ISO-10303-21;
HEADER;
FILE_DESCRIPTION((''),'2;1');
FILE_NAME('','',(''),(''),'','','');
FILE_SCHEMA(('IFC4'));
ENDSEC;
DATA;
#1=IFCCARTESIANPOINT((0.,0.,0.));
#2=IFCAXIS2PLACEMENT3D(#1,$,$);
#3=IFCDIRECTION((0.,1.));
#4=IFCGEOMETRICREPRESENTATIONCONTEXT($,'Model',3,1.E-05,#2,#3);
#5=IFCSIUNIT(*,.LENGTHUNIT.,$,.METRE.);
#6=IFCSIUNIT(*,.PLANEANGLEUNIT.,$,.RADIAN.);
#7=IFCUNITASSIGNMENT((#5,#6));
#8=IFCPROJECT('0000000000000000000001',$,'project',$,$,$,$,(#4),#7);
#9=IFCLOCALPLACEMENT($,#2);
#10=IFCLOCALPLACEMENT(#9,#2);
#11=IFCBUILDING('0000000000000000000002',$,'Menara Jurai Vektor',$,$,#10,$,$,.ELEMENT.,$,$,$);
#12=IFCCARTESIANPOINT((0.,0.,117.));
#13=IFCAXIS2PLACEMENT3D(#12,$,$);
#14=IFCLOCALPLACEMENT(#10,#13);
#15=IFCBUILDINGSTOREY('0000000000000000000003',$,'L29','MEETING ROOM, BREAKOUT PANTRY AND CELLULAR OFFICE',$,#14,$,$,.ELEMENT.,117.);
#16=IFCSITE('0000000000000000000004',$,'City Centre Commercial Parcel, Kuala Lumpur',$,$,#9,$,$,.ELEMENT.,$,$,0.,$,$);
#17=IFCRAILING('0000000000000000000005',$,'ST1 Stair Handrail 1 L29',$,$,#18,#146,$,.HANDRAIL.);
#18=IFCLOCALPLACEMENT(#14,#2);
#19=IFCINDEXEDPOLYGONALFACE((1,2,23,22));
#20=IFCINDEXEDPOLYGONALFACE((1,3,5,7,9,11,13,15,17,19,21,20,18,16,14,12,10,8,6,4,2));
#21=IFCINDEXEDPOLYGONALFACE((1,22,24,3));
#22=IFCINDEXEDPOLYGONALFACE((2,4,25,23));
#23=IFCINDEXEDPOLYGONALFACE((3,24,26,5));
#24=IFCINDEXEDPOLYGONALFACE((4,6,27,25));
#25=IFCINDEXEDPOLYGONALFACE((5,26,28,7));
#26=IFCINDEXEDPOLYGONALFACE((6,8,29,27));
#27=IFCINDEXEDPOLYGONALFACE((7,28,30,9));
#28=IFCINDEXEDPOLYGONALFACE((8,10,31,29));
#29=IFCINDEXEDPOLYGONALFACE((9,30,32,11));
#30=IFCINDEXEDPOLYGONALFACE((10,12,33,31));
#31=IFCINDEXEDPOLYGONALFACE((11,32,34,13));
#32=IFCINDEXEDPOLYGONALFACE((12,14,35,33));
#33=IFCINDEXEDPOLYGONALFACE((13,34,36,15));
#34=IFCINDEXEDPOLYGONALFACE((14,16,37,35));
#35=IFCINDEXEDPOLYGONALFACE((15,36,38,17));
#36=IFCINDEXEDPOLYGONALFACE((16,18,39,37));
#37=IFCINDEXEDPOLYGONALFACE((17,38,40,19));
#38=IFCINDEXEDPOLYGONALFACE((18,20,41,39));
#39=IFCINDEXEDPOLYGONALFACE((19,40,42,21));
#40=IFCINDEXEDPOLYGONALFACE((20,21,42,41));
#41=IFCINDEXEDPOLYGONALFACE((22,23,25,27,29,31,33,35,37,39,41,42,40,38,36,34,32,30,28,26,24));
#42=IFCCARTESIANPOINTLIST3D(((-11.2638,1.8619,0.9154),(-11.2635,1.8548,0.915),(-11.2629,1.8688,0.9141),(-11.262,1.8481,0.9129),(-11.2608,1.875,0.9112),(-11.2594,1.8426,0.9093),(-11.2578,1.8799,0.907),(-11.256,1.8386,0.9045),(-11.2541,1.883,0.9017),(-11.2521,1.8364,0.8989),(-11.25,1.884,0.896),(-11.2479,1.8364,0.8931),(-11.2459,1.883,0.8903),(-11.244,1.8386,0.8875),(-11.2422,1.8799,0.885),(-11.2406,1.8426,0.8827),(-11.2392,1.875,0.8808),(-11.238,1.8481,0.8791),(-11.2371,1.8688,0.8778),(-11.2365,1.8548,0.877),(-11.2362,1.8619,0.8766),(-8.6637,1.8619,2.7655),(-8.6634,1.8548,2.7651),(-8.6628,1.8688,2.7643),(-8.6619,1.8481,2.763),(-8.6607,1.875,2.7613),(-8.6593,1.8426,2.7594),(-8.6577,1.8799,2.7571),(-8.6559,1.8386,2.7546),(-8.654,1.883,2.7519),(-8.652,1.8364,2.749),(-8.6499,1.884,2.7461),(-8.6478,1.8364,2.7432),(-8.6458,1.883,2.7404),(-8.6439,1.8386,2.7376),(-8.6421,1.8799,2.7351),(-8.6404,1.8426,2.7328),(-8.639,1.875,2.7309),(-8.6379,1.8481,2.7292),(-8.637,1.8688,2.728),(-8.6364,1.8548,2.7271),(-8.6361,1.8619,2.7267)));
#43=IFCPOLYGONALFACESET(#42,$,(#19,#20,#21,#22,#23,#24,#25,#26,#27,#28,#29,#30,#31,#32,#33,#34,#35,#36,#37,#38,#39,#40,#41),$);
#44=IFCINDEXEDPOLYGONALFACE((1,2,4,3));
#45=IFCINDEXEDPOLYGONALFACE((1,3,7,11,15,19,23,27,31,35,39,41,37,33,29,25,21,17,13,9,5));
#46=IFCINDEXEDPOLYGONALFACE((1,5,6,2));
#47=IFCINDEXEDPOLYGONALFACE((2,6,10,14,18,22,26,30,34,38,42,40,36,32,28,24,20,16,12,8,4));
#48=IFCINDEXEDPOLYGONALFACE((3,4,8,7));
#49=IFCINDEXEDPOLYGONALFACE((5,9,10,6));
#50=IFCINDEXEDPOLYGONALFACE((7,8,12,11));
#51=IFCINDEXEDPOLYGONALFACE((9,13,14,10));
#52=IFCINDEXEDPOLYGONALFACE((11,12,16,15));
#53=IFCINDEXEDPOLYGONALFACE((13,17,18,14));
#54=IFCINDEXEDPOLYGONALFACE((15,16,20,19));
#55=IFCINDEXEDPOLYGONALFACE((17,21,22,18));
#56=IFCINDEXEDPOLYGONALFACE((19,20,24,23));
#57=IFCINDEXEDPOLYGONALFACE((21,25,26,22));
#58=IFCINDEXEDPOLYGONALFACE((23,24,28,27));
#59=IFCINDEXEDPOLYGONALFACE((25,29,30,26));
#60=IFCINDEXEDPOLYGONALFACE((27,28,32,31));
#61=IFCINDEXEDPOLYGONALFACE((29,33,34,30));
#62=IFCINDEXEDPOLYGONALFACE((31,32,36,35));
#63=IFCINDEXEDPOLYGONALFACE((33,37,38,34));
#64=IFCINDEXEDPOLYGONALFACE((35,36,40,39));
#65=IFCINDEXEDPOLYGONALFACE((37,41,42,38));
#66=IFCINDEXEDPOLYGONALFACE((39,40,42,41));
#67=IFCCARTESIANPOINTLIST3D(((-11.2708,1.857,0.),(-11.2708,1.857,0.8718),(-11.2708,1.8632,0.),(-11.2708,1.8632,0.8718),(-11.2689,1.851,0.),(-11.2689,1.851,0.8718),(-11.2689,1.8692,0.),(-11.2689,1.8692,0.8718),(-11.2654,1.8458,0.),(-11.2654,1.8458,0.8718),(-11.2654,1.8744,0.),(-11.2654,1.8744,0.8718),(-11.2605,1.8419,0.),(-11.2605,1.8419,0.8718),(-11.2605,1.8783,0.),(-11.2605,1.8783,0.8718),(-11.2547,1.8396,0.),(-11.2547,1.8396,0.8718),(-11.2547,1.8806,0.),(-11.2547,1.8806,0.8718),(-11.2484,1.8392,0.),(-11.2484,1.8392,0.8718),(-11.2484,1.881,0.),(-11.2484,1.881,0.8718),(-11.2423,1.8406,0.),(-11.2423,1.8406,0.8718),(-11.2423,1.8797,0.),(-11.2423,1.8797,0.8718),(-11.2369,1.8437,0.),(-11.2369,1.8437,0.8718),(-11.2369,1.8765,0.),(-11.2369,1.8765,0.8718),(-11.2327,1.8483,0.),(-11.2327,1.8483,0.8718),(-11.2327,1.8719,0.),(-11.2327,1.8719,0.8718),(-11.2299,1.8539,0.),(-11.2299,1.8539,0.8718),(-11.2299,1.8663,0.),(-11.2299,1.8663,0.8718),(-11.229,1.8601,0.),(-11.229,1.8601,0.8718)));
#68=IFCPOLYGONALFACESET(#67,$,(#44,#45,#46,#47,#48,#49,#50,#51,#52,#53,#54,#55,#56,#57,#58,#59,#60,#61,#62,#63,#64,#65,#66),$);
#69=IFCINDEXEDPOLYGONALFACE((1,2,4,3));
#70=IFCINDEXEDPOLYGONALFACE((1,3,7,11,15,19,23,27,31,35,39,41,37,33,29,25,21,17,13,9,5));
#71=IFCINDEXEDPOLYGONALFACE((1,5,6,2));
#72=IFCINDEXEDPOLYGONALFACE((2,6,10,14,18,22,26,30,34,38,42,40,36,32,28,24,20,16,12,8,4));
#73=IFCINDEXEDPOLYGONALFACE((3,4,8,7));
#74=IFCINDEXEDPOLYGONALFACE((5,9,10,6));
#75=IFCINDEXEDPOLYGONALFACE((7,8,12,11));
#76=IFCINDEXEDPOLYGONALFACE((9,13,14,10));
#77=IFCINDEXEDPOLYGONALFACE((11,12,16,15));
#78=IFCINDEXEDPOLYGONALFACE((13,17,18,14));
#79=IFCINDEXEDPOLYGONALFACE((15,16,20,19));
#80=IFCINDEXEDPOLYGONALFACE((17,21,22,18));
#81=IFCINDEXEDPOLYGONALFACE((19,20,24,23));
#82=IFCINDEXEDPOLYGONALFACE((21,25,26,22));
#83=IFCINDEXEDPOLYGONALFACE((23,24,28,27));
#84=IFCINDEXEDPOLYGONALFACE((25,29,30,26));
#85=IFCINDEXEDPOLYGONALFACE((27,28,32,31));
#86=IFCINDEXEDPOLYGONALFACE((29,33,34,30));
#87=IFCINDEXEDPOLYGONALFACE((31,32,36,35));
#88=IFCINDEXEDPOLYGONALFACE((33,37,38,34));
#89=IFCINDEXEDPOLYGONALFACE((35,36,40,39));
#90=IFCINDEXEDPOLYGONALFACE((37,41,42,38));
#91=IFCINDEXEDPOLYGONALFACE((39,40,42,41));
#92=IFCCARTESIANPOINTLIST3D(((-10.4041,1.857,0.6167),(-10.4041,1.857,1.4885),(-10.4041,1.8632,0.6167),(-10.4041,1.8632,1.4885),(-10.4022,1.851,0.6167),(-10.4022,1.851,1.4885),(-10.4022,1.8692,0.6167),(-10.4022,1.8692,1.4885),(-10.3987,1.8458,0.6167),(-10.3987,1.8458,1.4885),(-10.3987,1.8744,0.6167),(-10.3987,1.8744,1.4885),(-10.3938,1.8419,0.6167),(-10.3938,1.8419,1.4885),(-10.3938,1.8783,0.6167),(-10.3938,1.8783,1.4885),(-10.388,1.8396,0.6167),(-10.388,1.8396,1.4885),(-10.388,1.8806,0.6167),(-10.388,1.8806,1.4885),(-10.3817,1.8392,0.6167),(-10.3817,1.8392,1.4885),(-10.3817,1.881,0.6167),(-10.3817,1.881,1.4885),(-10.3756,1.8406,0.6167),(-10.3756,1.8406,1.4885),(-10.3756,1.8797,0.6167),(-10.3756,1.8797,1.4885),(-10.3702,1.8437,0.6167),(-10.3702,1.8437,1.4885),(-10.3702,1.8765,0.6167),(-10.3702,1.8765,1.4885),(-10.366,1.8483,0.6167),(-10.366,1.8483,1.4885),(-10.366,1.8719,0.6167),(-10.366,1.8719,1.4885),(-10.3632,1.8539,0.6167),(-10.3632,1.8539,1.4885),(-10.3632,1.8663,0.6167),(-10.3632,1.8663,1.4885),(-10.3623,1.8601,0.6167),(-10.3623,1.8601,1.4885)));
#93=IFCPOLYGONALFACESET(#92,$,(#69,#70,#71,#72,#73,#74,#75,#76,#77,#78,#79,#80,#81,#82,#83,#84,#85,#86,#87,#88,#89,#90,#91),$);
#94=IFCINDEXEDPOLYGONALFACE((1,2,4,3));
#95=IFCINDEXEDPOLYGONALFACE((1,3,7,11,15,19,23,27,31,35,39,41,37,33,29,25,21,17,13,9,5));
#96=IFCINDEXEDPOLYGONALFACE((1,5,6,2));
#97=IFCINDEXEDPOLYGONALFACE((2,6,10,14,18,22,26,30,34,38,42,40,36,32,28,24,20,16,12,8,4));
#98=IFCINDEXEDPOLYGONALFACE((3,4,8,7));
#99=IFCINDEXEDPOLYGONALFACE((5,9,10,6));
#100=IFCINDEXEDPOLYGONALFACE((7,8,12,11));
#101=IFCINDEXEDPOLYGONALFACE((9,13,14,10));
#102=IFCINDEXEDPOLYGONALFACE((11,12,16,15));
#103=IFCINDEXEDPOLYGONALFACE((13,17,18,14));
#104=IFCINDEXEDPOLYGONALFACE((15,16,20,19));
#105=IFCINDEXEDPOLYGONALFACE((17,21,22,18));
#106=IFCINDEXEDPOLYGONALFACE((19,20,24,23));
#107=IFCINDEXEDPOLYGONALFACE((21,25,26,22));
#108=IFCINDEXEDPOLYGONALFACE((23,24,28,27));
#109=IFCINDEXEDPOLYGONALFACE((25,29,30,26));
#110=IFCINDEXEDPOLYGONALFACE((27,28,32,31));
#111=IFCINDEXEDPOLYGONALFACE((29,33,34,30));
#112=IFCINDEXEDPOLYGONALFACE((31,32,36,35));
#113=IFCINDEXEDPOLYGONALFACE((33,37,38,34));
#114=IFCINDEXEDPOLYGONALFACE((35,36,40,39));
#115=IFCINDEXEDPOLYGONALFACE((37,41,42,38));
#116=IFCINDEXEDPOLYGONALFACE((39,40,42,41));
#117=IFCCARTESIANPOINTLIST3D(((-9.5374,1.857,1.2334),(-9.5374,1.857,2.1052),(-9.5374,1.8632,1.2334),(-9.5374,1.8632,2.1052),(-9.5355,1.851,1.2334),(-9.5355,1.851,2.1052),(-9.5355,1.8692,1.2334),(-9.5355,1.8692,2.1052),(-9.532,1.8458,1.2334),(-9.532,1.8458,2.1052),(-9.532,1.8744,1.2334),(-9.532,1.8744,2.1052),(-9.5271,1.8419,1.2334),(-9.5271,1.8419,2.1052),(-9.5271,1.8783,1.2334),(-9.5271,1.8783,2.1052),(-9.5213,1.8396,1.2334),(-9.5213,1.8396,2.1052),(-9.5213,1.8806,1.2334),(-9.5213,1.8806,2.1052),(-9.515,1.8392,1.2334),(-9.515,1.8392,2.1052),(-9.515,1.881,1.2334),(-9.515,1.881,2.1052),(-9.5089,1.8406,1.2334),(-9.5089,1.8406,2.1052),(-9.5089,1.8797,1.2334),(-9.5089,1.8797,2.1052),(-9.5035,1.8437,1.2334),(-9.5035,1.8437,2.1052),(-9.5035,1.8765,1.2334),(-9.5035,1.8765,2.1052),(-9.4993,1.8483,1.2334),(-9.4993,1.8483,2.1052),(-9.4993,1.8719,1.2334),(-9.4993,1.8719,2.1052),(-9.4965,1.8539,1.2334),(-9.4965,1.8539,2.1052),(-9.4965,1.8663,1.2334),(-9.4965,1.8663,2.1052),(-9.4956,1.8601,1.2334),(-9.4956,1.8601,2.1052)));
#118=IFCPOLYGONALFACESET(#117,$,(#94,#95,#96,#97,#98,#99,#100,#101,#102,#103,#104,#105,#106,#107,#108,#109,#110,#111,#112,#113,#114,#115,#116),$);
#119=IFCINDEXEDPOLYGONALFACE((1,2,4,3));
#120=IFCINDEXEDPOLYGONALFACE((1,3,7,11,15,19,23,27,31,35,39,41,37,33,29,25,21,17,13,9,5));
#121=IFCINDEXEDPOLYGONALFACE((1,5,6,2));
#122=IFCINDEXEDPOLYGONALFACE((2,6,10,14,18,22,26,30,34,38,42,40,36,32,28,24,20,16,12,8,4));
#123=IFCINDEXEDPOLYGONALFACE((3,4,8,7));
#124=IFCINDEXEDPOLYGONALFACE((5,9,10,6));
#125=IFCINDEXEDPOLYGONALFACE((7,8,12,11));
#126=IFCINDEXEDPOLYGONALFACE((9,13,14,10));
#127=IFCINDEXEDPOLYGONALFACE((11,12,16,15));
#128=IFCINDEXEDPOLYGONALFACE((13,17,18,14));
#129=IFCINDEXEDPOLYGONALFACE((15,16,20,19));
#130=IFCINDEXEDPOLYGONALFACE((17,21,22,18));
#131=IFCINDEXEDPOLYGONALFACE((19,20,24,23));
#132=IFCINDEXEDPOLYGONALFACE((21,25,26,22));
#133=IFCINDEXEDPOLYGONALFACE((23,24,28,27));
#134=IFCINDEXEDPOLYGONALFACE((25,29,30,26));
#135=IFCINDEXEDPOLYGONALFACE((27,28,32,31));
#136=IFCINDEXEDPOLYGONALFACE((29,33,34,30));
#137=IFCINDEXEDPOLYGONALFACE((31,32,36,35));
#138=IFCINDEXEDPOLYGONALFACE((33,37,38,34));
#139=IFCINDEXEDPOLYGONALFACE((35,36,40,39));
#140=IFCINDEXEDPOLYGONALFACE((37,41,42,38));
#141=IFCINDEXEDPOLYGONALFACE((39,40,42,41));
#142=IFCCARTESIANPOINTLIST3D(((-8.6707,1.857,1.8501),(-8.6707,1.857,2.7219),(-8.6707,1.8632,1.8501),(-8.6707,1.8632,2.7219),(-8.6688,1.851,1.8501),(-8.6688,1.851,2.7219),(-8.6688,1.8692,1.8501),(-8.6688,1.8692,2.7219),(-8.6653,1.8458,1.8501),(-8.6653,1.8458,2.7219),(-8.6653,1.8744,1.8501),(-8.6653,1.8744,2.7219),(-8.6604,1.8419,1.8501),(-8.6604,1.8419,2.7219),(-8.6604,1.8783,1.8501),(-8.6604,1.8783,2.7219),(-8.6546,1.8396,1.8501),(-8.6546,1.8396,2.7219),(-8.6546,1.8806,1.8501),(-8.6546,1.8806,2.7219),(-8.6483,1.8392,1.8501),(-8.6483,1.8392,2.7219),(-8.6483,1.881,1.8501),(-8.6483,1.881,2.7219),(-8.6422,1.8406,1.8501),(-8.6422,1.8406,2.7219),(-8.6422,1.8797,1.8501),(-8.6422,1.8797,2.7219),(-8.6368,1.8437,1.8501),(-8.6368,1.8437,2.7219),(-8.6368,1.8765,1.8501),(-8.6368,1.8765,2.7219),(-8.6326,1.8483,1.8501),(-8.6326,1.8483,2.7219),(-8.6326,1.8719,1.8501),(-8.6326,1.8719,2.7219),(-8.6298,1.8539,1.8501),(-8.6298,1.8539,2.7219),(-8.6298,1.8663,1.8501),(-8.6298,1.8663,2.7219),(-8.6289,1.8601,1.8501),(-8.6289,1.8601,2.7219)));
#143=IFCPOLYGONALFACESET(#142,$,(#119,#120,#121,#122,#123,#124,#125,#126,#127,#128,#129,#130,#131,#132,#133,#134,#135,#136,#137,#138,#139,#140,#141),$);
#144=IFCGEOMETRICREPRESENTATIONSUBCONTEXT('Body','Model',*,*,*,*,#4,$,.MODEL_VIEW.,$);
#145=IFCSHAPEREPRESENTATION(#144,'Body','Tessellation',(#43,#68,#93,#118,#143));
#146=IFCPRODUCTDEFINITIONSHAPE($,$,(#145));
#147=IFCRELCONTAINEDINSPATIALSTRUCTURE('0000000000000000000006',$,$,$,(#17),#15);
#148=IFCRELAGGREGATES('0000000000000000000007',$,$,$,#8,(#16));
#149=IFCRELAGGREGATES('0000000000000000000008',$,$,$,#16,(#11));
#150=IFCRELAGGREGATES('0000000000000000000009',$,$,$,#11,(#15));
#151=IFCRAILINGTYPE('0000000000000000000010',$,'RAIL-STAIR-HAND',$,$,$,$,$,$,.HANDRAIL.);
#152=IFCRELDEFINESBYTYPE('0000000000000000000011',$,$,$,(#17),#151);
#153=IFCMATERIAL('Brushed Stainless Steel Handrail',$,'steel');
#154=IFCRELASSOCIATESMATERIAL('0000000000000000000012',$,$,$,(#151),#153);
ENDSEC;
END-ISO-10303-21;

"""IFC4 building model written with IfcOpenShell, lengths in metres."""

from ifc_helpers import new_model, si_unit, direction, frame, origin, origin_2d, place, context, subcontext, project, spatial, circle, extrude, material, type_object, element, save


model = new_model("IFC4")

# Units and contexts
model_context = context("Model", 3, precision=1e-05, world=origin(), true_north=direction((0.0, 1.0)))
body_context = subcontext(model_context, "Body", "Model", "MODEL_VIEW")
ifc_project = project(units=[si_unit("LENGTHUNIT", "METRE"), si_unit("PLANEANGLEUNIT", "RADIAN")], contexts=[model_context])

# Site, building, storey
site_placement = place(None, origin())
site = spatial("IfcSite", under=ifc_project, at=site_placement, Name="City Centre Commercial Parcel, Kuala Lumpur", CompositionType="ELEMENT", RefElevation=0.0)
building_placement = place(site_placement, origin())
building = spatial("IfcBuilding", under=site, at=building_placement, Name="Menara Jurai Vektor", CompositionType="ELEMENT")
storey_placement = place(building_placement, frame((0.0, 0.0, 117.0)))
storey = spatial("IfcBuildingStorey", under=building, at=storey_placement, Name="L29", Description="MEETING ROOM, BREAKOUT PANTRY AND CELLULAR OFFICE", CompositionType="ELEMENT", Elevation=117.0)

# Railing
ifc_material_1 = material(Name="Brushed Stainless Steel Handrail", Category="steel")
railing_type_1 = type_object("IfcRailingType", Name="RAIL-STAIR-HAND", PredefinedType="HANDRAIL", material=ifc_material_1)
railing_1_placement = place(storey_placement, frame((-11.25, 1.8601, 0.0)))
element("IfcRailing", 1, at=railing_1_placement, inside=storey, type_object=railing_type_1, Name="ST1 Stair Handrail 1 L29", PredefinedType="HANDRAIL", context=body_context, shape_type="SweptSolid", body=[
    extrude(circle(Radius=0.0239, at=origin_2d()), frame((0.0, 0.0, 0.896), z_axis=(0.814787, 0.0, 0.579761), x_axis=(0.0, 1.0, 0.0)), (0.0, 0.0, 1.0), 3.1912),
    extrude(circle(Radius=0.021, at=origin_2d()), origin(), (0.0, 0.0, 1.0), 0.8718),
    extrude(circle(Radius=0.021, at=origin_2d()), frame((0.8667, 0.0, 0.6167)), (0.0, 0.0, 1.0), 0.8718),
    extrude(circle(Radius=0.021, at=origin_2d()), frame((1.7334, 0.0, 1.2334)), (0.0, 0.0, 1.0), 0.8718),
    extrude(circle(Radius=0.021, at=origin_2d()), frame((2.6001, 0.0, 1.8501)), (0.0, 0.0, 1.0), 0.8718),
])

save(model, "model.ifc")
